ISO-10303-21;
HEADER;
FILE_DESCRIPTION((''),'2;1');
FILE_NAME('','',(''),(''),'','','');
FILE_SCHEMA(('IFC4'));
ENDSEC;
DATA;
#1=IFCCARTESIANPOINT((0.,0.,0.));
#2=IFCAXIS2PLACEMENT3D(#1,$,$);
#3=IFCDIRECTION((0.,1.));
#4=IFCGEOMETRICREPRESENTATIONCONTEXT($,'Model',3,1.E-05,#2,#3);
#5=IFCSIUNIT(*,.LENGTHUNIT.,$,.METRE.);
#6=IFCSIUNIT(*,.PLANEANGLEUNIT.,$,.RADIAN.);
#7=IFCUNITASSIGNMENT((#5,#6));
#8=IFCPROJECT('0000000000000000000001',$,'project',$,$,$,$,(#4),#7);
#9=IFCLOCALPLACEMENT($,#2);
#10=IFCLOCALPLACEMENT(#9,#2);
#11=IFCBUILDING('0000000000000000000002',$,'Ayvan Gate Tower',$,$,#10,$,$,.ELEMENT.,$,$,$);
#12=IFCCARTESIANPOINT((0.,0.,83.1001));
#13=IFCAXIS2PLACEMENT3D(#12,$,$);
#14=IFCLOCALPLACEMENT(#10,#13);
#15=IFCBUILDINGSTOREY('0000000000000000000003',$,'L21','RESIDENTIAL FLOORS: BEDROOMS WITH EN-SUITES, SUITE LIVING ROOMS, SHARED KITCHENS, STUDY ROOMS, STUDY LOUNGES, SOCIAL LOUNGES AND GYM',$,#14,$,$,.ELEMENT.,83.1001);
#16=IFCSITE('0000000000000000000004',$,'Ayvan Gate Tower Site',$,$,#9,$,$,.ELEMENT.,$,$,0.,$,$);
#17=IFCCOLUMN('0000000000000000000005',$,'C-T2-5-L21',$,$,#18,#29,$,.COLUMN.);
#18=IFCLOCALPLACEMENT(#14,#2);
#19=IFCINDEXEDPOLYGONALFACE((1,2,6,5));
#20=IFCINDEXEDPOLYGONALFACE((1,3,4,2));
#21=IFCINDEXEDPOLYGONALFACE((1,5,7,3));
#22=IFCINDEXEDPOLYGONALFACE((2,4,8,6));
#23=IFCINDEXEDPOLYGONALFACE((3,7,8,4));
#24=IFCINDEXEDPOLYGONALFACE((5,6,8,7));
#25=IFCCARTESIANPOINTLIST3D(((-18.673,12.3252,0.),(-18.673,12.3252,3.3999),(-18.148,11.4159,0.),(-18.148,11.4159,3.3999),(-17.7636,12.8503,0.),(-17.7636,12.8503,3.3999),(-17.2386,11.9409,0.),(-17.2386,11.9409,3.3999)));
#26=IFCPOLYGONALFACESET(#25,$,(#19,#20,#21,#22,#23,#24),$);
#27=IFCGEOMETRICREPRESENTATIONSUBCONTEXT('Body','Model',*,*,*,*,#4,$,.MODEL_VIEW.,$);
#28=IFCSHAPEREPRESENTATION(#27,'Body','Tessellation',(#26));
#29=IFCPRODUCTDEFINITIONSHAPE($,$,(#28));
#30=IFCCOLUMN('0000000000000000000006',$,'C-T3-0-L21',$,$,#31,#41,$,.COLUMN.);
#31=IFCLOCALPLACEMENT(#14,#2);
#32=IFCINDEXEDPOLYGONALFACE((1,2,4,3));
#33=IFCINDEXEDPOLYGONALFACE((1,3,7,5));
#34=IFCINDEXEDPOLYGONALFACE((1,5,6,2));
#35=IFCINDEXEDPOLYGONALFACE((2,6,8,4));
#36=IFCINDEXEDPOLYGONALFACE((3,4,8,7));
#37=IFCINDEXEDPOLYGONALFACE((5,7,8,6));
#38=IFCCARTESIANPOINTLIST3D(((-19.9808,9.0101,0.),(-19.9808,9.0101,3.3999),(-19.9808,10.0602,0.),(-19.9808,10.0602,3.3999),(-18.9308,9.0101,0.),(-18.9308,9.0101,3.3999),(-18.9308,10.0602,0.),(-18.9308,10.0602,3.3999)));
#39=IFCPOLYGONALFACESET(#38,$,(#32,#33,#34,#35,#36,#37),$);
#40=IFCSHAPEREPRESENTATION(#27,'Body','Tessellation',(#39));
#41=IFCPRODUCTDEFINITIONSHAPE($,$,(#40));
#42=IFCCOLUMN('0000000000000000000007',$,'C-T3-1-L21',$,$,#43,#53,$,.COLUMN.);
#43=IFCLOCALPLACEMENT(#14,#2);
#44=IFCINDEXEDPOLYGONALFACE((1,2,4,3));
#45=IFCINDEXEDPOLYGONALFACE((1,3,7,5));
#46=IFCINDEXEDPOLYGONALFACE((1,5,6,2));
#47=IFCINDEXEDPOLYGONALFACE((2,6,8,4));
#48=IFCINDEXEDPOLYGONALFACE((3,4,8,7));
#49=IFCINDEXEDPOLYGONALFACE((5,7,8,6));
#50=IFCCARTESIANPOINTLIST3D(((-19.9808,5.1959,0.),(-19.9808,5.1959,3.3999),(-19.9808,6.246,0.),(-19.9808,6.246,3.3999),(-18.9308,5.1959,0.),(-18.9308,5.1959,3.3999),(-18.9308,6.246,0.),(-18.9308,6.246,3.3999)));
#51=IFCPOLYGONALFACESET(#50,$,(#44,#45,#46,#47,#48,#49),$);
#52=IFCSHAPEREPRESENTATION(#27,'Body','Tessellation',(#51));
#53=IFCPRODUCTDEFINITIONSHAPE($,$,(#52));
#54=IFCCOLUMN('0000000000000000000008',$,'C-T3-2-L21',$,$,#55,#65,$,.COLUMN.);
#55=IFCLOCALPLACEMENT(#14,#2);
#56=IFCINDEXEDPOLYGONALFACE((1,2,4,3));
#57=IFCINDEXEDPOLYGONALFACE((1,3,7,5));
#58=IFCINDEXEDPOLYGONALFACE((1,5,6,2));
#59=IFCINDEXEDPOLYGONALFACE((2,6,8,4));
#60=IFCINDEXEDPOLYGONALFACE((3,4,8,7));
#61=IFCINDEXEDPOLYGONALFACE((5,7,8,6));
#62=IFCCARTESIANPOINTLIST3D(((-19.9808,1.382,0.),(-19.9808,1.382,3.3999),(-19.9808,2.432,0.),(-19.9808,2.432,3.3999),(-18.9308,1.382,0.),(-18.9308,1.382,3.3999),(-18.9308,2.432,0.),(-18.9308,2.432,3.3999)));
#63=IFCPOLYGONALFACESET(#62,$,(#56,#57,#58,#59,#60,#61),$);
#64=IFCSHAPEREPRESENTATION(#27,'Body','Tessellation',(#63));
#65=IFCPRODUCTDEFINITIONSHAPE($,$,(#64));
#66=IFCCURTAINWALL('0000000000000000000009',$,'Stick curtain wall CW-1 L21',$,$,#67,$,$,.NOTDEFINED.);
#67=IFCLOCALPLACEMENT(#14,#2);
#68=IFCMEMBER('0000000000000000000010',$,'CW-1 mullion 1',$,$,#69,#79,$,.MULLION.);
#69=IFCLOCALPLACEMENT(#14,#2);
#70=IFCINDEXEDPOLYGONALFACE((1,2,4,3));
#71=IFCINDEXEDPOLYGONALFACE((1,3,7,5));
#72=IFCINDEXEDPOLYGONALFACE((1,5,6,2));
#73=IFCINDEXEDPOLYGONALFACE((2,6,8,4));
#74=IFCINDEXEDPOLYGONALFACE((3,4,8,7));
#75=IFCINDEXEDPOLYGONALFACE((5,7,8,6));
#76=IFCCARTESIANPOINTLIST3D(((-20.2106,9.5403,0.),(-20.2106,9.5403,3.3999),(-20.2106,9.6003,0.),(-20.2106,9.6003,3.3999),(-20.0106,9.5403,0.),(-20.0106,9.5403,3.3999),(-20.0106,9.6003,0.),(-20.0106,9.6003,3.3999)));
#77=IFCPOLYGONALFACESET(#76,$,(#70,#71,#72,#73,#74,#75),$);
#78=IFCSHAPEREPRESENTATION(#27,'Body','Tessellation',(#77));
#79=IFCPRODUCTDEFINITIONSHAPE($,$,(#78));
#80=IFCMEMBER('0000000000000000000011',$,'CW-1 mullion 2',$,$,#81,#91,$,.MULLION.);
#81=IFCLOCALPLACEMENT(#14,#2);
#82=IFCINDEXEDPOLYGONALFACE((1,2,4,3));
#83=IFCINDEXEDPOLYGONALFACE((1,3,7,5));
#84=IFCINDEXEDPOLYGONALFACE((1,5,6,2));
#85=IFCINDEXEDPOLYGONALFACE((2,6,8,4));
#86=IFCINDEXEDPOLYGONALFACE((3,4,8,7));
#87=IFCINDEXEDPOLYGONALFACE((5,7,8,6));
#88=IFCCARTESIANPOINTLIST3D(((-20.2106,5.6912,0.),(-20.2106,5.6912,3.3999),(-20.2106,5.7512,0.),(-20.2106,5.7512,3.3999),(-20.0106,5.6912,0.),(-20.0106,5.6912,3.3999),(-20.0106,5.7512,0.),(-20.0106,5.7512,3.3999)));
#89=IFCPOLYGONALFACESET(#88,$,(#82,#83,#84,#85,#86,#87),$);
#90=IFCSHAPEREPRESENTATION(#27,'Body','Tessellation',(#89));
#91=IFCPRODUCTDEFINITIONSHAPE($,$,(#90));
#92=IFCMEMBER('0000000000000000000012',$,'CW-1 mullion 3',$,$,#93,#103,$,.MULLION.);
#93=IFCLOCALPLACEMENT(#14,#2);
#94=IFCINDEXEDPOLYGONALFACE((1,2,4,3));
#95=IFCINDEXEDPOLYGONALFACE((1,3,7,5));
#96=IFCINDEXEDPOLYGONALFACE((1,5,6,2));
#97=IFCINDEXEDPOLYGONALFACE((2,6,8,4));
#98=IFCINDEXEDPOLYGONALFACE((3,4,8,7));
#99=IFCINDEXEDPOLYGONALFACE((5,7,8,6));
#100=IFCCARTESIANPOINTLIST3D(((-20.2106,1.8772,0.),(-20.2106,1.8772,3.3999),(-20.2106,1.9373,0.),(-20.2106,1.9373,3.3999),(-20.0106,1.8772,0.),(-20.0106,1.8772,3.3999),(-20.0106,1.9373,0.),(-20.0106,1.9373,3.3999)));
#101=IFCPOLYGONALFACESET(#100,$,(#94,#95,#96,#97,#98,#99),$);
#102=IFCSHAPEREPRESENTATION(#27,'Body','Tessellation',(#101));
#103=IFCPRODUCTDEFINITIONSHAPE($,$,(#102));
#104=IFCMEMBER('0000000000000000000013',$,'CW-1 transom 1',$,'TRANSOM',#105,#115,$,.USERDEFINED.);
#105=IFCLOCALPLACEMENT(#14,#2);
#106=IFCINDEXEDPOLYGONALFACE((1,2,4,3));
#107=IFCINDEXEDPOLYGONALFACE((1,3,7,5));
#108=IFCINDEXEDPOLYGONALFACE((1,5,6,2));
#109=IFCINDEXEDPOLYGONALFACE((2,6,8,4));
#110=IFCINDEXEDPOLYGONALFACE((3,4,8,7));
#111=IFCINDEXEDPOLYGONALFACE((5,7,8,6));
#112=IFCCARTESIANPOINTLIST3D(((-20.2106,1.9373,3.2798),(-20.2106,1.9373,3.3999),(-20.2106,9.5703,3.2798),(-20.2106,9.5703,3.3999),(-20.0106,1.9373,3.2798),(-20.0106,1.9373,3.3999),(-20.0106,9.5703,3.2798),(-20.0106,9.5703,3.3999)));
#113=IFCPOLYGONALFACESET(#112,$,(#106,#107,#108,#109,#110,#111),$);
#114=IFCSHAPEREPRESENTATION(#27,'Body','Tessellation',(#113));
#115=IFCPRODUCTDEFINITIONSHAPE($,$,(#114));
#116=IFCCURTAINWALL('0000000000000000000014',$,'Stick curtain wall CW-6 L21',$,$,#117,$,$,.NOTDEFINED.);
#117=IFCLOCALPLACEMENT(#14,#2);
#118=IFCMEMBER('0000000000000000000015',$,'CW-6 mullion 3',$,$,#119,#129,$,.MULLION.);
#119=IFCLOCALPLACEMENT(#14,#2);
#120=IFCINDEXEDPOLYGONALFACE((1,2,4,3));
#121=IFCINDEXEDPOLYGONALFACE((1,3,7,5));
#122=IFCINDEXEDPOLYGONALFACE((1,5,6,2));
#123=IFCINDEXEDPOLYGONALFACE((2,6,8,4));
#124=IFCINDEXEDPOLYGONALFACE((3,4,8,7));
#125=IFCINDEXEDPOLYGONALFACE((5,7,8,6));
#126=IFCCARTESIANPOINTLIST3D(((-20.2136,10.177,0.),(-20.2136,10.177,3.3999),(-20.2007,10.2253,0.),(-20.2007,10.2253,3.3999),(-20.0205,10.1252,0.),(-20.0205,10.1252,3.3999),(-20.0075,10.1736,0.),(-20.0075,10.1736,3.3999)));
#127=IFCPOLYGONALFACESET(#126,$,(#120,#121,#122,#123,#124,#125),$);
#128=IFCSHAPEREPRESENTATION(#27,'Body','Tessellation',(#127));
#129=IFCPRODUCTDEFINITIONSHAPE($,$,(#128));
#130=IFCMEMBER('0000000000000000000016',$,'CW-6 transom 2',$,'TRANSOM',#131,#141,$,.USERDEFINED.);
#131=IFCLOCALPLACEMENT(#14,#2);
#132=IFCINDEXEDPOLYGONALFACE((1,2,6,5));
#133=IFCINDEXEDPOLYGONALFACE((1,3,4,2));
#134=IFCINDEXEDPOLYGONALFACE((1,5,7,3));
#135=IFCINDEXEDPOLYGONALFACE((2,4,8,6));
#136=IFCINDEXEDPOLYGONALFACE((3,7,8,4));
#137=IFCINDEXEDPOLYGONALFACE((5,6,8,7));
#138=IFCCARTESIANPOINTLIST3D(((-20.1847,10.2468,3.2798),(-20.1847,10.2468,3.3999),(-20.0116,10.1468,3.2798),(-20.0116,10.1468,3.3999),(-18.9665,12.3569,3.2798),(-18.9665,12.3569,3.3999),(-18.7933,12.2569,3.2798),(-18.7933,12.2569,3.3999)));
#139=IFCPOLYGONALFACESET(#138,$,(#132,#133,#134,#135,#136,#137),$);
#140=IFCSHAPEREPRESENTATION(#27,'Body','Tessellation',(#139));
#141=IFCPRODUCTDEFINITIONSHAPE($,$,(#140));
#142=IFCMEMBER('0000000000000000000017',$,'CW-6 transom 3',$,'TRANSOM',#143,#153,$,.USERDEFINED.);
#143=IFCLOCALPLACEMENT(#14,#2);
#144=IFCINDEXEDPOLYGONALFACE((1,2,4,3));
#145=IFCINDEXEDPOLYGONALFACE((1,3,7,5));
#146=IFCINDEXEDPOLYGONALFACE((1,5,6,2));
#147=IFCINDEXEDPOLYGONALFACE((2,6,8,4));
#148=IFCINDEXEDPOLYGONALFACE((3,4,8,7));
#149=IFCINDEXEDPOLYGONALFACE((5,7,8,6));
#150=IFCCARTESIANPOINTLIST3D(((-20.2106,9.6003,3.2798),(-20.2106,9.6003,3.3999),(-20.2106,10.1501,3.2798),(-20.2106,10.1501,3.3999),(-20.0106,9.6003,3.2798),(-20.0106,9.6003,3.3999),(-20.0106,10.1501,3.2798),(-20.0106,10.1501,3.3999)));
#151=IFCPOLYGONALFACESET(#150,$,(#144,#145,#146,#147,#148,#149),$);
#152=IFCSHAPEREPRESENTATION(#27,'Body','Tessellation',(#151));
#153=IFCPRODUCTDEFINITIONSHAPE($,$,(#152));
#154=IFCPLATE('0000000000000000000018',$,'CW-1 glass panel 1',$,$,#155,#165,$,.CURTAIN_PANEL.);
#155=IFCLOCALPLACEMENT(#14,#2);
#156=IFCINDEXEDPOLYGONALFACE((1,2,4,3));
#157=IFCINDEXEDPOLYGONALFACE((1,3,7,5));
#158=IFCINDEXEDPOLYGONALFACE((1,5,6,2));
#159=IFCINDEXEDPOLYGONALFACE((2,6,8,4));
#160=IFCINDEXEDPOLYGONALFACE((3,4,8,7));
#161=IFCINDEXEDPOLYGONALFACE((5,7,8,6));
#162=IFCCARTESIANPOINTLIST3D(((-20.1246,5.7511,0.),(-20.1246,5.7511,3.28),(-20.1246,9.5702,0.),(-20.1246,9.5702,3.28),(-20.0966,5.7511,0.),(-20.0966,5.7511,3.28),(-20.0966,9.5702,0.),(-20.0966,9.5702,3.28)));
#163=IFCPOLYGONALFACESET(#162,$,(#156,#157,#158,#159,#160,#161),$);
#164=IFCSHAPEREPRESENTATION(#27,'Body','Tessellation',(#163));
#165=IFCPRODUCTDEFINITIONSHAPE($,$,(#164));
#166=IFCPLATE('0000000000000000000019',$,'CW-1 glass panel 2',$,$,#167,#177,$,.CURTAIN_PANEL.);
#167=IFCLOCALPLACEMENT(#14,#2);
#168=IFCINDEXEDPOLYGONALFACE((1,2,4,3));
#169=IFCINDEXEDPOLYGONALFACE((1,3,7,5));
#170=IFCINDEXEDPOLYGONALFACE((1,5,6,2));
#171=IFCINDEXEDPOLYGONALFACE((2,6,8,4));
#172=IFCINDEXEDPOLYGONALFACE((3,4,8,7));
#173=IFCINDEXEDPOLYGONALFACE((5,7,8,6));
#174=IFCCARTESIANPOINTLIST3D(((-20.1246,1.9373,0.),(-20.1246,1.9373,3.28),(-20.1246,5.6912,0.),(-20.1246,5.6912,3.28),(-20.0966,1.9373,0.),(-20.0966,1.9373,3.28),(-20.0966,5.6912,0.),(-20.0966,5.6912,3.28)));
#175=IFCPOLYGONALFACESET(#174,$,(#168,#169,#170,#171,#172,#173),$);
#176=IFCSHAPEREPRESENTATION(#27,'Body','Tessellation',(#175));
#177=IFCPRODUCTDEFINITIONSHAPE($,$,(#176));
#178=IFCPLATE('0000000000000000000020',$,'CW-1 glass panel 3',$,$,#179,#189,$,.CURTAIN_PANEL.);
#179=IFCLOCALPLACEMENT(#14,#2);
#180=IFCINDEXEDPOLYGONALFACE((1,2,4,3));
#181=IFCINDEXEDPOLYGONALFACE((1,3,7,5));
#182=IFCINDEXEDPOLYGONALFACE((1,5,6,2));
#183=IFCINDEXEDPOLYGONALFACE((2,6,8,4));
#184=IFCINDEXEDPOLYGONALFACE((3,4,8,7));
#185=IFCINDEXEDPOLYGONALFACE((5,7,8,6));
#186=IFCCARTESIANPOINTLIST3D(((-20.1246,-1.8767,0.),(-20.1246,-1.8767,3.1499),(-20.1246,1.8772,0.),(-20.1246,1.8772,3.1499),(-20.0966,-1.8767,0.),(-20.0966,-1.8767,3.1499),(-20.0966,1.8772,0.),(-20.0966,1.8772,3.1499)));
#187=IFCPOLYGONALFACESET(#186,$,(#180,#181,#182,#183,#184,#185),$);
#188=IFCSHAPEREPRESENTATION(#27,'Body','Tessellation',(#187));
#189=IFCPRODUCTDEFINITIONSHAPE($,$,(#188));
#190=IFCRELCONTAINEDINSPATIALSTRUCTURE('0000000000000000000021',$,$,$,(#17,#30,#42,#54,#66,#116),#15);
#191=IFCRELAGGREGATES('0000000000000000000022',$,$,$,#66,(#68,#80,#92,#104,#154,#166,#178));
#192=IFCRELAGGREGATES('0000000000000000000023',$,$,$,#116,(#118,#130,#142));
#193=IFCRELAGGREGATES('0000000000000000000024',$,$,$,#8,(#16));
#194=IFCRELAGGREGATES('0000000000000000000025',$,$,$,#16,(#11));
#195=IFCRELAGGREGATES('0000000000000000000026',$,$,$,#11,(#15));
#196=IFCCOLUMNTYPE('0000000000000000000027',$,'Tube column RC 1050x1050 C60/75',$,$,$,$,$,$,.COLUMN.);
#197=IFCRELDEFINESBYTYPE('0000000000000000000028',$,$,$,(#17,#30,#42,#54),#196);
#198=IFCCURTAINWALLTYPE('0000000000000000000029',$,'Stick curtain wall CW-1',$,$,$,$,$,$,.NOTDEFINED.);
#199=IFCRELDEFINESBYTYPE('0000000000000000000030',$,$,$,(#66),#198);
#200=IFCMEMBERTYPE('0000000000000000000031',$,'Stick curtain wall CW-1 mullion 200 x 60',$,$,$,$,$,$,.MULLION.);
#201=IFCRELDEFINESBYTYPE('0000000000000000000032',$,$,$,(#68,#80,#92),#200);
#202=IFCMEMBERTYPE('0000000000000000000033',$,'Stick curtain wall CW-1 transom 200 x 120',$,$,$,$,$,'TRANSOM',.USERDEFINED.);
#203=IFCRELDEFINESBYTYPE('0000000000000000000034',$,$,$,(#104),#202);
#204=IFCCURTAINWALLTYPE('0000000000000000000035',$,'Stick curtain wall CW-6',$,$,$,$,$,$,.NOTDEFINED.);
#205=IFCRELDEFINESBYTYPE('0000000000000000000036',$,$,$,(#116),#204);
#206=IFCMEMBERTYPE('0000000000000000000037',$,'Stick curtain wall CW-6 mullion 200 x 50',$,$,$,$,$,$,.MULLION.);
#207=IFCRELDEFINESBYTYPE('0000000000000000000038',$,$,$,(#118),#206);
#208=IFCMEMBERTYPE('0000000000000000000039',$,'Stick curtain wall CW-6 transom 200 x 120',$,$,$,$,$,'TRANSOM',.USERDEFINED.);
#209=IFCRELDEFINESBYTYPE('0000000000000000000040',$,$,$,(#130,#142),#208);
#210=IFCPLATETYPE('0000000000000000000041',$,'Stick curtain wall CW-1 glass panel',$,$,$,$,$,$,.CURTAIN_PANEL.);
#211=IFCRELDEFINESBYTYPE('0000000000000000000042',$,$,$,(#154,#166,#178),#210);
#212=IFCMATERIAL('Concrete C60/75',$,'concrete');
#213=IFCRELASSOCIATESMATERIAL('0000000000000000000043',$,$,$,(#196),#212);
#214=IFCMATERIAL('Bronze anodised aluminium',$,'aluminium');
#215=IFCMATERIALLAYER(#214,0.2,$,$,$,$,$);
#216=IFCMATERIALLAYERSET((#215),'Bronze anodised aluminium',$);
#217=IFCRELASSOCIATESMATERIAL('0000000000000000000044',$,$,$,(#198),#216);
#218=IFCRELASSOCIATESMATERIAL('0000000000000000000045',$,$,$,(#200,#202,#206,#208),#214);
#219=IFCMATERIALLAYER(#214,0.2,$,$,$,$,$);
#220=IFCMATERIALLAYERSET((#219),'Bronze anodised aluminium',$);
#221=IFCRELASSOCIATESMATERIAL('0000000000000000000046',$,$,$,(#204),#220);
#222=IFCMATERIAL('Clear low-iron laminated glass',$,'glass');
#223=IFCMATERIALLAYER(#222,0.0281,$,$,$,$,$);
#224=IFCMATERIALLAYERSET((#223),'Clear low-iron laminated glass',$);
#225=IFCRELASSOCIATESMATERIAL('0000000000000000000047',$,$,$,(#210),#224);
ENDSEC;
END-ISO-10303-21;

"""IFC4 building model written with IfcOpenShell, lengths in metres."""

from ifc_helpers import new_model, si_unit, direction, frame, origin, origin_2d, place, context, subcontext, project, spatial, rectangle, extrude, material, layer, layer_set, material_profile, profile_set, type_object, element, aggregate, save


model = new_model("IFC4")

# Units and contexts
model_context = context("Model", 3, precision=1e-05, world=origin(), true_north=direction((0.0, 1.0)))
body_context = subcontext(model_context, "Body", "Model", "MODEL_VIEW")
ifc_project = project(units=[si_unit("LENGTHUNIT", "METRE"), si_unit("PLANEANGLEUNIT", "RADIAN")], contexts=[model_context])

# Site, building, storey
site_placement = place(None, origin())
site = spatial("IfcSite", under=ifc_project, at=site_placement, Name="Ayvan Gate Tower Site", CompositionType="ELEMENT", RefElevation=0.0)
building_placement = place(site_placement, origin())
building = spatial("IfcBuilding", under=site, at=building_placement, Name="Ayvan Gate Tower", CompositionType="ELEMENT")
storey_placement = place(building_placement, frame((0.0, 0.0, 83.1001)))
storey = spatial("IfcBuildingStorey", under=building, at=storey_placement, Name="L21", Description="RESIDENTIAL FLOORS: BEDROOMS WITH EN-SUITES, SUITE LIVING ROOMS, SHARED KITCHENS, STUDY ROOMS, STUDY LOUNGES, SOCIAL LOUNGES AND GYM", CompositionType="ELEMENT", Elevation=83.1001)

# Columns
ifc_material_1 = material(Name="Concrete C60/75", Category="concrete")
ifc_material_profile_1 = material_profile(ifc_material_1, rectangle(XDim=1.05, YDim=1.05, at=origin_2d()), Name="RC 1050x1050")
ifc_profile_set_1 = profile_set([ifc_material_profile_1], Name="Concrete C60/75")
column_type = type_object("IfcColumnType", Name="Tube column RC 1050x1050 C60/75", PredefinedType="COLUMN", material=ifc_profile_set_1)
for number, where, z_axis, x_axis, name in (
    (1, (-17.9558, 12.1331, 0.0), (0.0, 0.0, 1.0), (-0.5, 0.866025, 0.0), "C-T2-5-L21"),
    (2, (-19.4558, 9.5352, 0.0), (0.0, 0.0, 1.0), (-1.0, 0.0, 0.0), "C-T3-0-L21"),
    (3, (-19.4558, 5.7209, 0.0), (0.0, 0.0, 1.0), (-1.0, 0.0, 0.0), "C-T3-1-L21"),
    (4, (-19.4558, 1.907, 0.0), (0.0, 0.0, 1.0), (-1.0, 0.0, 0.0), "C-T3-2-L21"),
):
    element("IfcColumn", number, at=place(storey_placement, frame(where, z_axis=z_axis, x_axis=x_axis)), inside=storey, type_object=column_type, Name=name, PredefinedType="COLUMN", context=body_context, shape_type="SweptSolid", body=[
        extrude(rectangle(XDim=1.05, YDim=1.05, at=origin_2d()), origin(), (0.0, 0.0, 1.0), 3.3999),
    ])

# Curtain walls, members
ifc_material_2 = material(Name="Bronze anodised aluminium", Category="aluminium")
ifc_layer_1 = layer(ifc_material_2, 0.2)
ifc_layer_set_1 = layer_set([ifc_layer_1], Name="Bronze anodised aluminium")
curtain_wall_type_1 = type_object("IfcCurtainWallType", Name="Stick curtain wall CW-1", PredefinedType="NOTDEFINED", material=ifc_layer_set_1)
curtain_wall_1_placement = place(storey_placement, origin())
curtain_wall_1 = element("IfcCurtainWall", 5, at=curtain_wall_1_placement, inside=storey, type_object=curtain_wall_type_1, Name="Stick curtain wall CW-1 L21", PredefinedType="NOTDEFINED")
ifc_material_profile_2 = material_profile(ifc_material_2, rectangle(XDim=0.2, YDim=0.0601, at=origin_2d()), Name="Stick curtain wall CW-1 mullion 200 x 60")
ifc_profile_set_2 = profile_set([ifc_material_profile_2], Name="Bronze anodised aluminium")
member_type_1 = type_object("IfcMemberType", Name="Stick curtain wall CW-1 mullion 200 x 60", PredefinedType="MULLION", material=ifc_profile_set_2)
member_1_placement = place(storey_placement, frame((-20.1106, 9.5703, 0.0), z_axis=(0.0, 0.0, 1.0), x_axis=(-1.0, 0.0, 0.0)))
member_1 = element("IfcMember", 6, at=member_1_placement, type_object=member_type_1, Name="CW-1 mullion 1", PredefinedType="MULLION", context=body_context, shape_type="SweptSolid", body=[
    extrude(rectangle(XDim=0.2, YDim=0.0601, at=origin_2d()), origin(), (0.0, 0.0, 1.0), 3.3999),
])
member_2_placement = place(storey_placement, frame((-20.1106, 5.7212, 0.0), z_axis=(0.0, 0.0, 1.0), x_axis=(-1.0, 0.0, 0.0)))
member_2 = element("IfcMember", 7, at=member_2_placement, type_object=member_type_1, Name="CW-1 mullion 2", PredefinedType="MULLION", context=body_context, shape_type="SweptSolid", body=[
    extrude(rectangle(XDim=0.2, YDim=0.0601, at=origin_2d()), origin(), (0.0, 0.0, 1.0), 3.3999),
])
member_3_placement = place(storey_placement, frame((-20.1106, 1.9072, 0.0), z_axis=(0.0, 0.0, 1.0), x_axis=(-1.0, 0.0, 0.0)))
member_3 = element("IfcMember", 8, at=member_3_placement, type_object=member_type_1, Name="CW-1 mullion 3", PredefinedType="MULLION", context=body_context, shape_type="SweptSolid", body=[
    extrude(rectangle(XDim=0.2, YDim=0.0601, at=origin_2d()), origin(), (0.0, 0.0, 1.0), 3.3999),
])
ifc_material_profile_3 = material_profile(ifc_material_2, rectangle(XDim=0.2, YDim=0.1201, at=origin_2d()), Name="Stick curtain wall CW-1 transom 200 x 120")
ifc_profile_set_3 = profile_set([ifc_material_profile_3], Name="Bronze anodised aluminium")
member_type_2 = type_object("IfcMemberType", Name="Stick curtain wall CW-1 transom 200 x 120", ElementType="TRANSOM", PredefinedType="USERDEFINED", material=ifc_profile_set_3)
member_4_placement = place(storey_placement, frame((-20.1106, 9.5703, 3.3398), z_axis=(0.0, -1.0, 0.0), x_axis=(1.0, 0.0, 0.0)))
member_4 = element("IfcMember", 9, at=member_4_placement, type_object=member_type_2, Name="CW-1 transom 1", ObjectType="TRANSOM", PredefinedType="USERDEFINED", context=body_context, shape_type="SweptSolid", body=[
    extrude(rectangle(XDim=0.2, YDim=0.1201, at=origin_2d()), origin(), (0.0, 0.0, 1.0), 7.6331),
])
ifc_layer_2 = layer(ifc_material_2, 0.2)
ifc_layer_set_2 = layer_set([ifc_layer_2], Name="Bronze anodised aluminium")
curtain_wall_type_2 = type_object("IfcCurtainWallType", Name="Stick curtain wall CW-6", PredefinedType="NOTDEFINED", material=ifc_layer_set_2)
curtain_wall_2_placement = place(storey_placement, origin())
curtain_wall_2 = element("IfcCurtainWall", 10, at=curtain_wall_2_placement, inside=storey, type_object=curtain_wall_type_2, Name="Stick curtain wall CW-6 L21", PredefinedType="NOTDEFINED")
ifc_material_profile_4 = material_profile(ifc_material_2, rectangle(XDim=0.2, YDim=0.05, at=origin_2d()), Name="Stick curtain wall CW-6 mullion 200 x 50")
ifc_profile_set_4 = profile_set([ifc_material_profile_4], Name="Bronze anodised aluminium")
member_type_3 = type_object("IfcMemberType", Name="Stick curtain wall CW-6 mullion 200 x 50", PredefinedType="MULLION", material=ifc_profile_set_4)
member_5_placement = place(storey_placement, frame((-20.1106, 10.1753, 0.0), z_axis=(0.0, 0.0, 1.0), x_axis=(-0.965926, 0.258819, 0.0)))
member_5 = element("IfcMember", 11, at=member_5_placement, type_object=member_type_3, Name="CW-6 mullion 3", PredefinedType="MULLION", context=body_context, shape_type="SweptSolid", body=[
    extrude(rectangle(XDim=0.2, YDim=0.05, at=origin_2d()), origin(), (0.0, 0.0, 1.0), 3.3999),
])
ifc_material_profile_5 = material_profile(ifc_material_2, rectangle(XDim=0.2, YDim=0.1201, at=origin_2d()), Name="Stick curtain wall CW-6 transom 200 x 120")
ifc_profile_set_5 = profile_set([ifc_material_profile_5], Name="Bronze anodised aluminium")
member_type_4 = type_object("IfcMemberType", Name="Stick curtain wall CW-6 transom 200 x 120", ElementType="TRANSOM", PredefinedType="USERDEFINED", material=ifc_profile_set_5)
member_6_placement = place(storey_placement, frame((-18.8799, 12.3069, 3.3398), z_axis=(-0.499997, -0.866027, 0.0), x_axis=(0.866027, -0.499997, 0.0)))
member_6 = element("IfcMember", 12, at=member_6_placement, type_object=member_type_4, Name="CW-6 transom 2", ObjectType="TRANSOM", PredefinedType="USERDEFINED", context=body_context, shape_type="SweptSolid", body=[
    extrude(rectangle(XDim=0.2, YDim=0.1201, at=origin_2d()), origin(), (0.0, 0.0, 1.0), 2.4365),
])
member_7_placement = place(storey_placement, frame((-20.1106, 10.1501, 3.3398), z_axis=(0.0, -1.0, 0.0), x_axis=(1.0, 0.0, 0.0)))
member_7 = element("IfcMember", 13, at=member_7_placement, type_object=member_type_4, Name="CW-6 transom 3", ObjectType="TRANSOM", PredefinedType="USERDEFINED", context=body_context, shape_type="SweptSolid", body=[
    extrude(rectangle(XDim=0.2, YDim=0.1201, at=origin_2d()), origin(), (0.0, 0.0, 1.0), 0.5498),
])

# Plates
ifc_material_3 = material(Name="Clear low-iron laminated glass", Category="glass")
ifc_layer_3 = layer(ifc_material_3, 0.0281)
ifc_layer_set_3 = layer_set([ifc_layer_3], Name="Clear low-iron laminated glass")
plate_type_1 = type_object("IfcPlateType", Name="Stick curtain wall CW-1 glass panel", PredefinedType="CURTAIN_PANEL", material=ifc_layer_set_3)
plate_1_placement = place(storey_placement, frame((-20.1106, 7.6606, 0.0), z_axis=(0.0, 0.0, 1.0), x_axis=(0.0, -1.0, 0.0)))
plate_1 = element("IfcPlate", 14, at=plate_1_placement, type_object=plate_type_1, Name="CW-1 glass panel 1", PredefinedType="CURTAIN_PANEL", context=body_context, shape_type="SweptSolid", body=[
    extrude(rectangle(XDim=3.8191, YDim=0.0281, at=origin_2d()), origin(), (0.0, 0.0, 1.0), 3.28),
])
plate_2_placement = place(storey_placement, frame((-20.1106, 3.8142, 0.0), z_axis=(0.0, 0.0, 1.0), x_axis=(0.0, -1.0, 0.0)))
plate_2 = element("IfcPlate", 15, at=plate_2_placement, type_object=plate_type_1, Name="CW-1 glass panel 2", PredefinedType="CURTAIN_PANEL", context=body_context, shape_type="SweptSolid", body=[
    extrude(rectangle(XDim=3.7539, YDim=0.0281, at=origin_2d()), origin(), (0.0, 0.0, 1.0), 3.28),
])
plate_3_placement = place(storey_placement, frame((-20.1106, 0.0002, 0.0), z_axis=(0.0, 0.0, 1.0), x_axis=(0.0, -1.0, 0.0)))
plate_3 = element("IfcPlate", 16, at=plate_3_placement, type_object=plate_type_1, Name="CW-1 glass panel 3", PredefinedType="CURTAIN_PANEL", context=body_context, shape_type="SweptSolid", body=[
    extrude(rectangle(XDim=3.7539, YDim=0.0281, at=origin_2d()), origin(), (0.0, 0.0, 1.0), 3.1499),
])
aggregate(curtain_wall_1, [member_1, member_2, member_3, member_4, plate_1, plate_2, plate_3])
aggregate(curtain_wall_2, [member_5, member_6, member_7])

save(model, "model.ifc")
